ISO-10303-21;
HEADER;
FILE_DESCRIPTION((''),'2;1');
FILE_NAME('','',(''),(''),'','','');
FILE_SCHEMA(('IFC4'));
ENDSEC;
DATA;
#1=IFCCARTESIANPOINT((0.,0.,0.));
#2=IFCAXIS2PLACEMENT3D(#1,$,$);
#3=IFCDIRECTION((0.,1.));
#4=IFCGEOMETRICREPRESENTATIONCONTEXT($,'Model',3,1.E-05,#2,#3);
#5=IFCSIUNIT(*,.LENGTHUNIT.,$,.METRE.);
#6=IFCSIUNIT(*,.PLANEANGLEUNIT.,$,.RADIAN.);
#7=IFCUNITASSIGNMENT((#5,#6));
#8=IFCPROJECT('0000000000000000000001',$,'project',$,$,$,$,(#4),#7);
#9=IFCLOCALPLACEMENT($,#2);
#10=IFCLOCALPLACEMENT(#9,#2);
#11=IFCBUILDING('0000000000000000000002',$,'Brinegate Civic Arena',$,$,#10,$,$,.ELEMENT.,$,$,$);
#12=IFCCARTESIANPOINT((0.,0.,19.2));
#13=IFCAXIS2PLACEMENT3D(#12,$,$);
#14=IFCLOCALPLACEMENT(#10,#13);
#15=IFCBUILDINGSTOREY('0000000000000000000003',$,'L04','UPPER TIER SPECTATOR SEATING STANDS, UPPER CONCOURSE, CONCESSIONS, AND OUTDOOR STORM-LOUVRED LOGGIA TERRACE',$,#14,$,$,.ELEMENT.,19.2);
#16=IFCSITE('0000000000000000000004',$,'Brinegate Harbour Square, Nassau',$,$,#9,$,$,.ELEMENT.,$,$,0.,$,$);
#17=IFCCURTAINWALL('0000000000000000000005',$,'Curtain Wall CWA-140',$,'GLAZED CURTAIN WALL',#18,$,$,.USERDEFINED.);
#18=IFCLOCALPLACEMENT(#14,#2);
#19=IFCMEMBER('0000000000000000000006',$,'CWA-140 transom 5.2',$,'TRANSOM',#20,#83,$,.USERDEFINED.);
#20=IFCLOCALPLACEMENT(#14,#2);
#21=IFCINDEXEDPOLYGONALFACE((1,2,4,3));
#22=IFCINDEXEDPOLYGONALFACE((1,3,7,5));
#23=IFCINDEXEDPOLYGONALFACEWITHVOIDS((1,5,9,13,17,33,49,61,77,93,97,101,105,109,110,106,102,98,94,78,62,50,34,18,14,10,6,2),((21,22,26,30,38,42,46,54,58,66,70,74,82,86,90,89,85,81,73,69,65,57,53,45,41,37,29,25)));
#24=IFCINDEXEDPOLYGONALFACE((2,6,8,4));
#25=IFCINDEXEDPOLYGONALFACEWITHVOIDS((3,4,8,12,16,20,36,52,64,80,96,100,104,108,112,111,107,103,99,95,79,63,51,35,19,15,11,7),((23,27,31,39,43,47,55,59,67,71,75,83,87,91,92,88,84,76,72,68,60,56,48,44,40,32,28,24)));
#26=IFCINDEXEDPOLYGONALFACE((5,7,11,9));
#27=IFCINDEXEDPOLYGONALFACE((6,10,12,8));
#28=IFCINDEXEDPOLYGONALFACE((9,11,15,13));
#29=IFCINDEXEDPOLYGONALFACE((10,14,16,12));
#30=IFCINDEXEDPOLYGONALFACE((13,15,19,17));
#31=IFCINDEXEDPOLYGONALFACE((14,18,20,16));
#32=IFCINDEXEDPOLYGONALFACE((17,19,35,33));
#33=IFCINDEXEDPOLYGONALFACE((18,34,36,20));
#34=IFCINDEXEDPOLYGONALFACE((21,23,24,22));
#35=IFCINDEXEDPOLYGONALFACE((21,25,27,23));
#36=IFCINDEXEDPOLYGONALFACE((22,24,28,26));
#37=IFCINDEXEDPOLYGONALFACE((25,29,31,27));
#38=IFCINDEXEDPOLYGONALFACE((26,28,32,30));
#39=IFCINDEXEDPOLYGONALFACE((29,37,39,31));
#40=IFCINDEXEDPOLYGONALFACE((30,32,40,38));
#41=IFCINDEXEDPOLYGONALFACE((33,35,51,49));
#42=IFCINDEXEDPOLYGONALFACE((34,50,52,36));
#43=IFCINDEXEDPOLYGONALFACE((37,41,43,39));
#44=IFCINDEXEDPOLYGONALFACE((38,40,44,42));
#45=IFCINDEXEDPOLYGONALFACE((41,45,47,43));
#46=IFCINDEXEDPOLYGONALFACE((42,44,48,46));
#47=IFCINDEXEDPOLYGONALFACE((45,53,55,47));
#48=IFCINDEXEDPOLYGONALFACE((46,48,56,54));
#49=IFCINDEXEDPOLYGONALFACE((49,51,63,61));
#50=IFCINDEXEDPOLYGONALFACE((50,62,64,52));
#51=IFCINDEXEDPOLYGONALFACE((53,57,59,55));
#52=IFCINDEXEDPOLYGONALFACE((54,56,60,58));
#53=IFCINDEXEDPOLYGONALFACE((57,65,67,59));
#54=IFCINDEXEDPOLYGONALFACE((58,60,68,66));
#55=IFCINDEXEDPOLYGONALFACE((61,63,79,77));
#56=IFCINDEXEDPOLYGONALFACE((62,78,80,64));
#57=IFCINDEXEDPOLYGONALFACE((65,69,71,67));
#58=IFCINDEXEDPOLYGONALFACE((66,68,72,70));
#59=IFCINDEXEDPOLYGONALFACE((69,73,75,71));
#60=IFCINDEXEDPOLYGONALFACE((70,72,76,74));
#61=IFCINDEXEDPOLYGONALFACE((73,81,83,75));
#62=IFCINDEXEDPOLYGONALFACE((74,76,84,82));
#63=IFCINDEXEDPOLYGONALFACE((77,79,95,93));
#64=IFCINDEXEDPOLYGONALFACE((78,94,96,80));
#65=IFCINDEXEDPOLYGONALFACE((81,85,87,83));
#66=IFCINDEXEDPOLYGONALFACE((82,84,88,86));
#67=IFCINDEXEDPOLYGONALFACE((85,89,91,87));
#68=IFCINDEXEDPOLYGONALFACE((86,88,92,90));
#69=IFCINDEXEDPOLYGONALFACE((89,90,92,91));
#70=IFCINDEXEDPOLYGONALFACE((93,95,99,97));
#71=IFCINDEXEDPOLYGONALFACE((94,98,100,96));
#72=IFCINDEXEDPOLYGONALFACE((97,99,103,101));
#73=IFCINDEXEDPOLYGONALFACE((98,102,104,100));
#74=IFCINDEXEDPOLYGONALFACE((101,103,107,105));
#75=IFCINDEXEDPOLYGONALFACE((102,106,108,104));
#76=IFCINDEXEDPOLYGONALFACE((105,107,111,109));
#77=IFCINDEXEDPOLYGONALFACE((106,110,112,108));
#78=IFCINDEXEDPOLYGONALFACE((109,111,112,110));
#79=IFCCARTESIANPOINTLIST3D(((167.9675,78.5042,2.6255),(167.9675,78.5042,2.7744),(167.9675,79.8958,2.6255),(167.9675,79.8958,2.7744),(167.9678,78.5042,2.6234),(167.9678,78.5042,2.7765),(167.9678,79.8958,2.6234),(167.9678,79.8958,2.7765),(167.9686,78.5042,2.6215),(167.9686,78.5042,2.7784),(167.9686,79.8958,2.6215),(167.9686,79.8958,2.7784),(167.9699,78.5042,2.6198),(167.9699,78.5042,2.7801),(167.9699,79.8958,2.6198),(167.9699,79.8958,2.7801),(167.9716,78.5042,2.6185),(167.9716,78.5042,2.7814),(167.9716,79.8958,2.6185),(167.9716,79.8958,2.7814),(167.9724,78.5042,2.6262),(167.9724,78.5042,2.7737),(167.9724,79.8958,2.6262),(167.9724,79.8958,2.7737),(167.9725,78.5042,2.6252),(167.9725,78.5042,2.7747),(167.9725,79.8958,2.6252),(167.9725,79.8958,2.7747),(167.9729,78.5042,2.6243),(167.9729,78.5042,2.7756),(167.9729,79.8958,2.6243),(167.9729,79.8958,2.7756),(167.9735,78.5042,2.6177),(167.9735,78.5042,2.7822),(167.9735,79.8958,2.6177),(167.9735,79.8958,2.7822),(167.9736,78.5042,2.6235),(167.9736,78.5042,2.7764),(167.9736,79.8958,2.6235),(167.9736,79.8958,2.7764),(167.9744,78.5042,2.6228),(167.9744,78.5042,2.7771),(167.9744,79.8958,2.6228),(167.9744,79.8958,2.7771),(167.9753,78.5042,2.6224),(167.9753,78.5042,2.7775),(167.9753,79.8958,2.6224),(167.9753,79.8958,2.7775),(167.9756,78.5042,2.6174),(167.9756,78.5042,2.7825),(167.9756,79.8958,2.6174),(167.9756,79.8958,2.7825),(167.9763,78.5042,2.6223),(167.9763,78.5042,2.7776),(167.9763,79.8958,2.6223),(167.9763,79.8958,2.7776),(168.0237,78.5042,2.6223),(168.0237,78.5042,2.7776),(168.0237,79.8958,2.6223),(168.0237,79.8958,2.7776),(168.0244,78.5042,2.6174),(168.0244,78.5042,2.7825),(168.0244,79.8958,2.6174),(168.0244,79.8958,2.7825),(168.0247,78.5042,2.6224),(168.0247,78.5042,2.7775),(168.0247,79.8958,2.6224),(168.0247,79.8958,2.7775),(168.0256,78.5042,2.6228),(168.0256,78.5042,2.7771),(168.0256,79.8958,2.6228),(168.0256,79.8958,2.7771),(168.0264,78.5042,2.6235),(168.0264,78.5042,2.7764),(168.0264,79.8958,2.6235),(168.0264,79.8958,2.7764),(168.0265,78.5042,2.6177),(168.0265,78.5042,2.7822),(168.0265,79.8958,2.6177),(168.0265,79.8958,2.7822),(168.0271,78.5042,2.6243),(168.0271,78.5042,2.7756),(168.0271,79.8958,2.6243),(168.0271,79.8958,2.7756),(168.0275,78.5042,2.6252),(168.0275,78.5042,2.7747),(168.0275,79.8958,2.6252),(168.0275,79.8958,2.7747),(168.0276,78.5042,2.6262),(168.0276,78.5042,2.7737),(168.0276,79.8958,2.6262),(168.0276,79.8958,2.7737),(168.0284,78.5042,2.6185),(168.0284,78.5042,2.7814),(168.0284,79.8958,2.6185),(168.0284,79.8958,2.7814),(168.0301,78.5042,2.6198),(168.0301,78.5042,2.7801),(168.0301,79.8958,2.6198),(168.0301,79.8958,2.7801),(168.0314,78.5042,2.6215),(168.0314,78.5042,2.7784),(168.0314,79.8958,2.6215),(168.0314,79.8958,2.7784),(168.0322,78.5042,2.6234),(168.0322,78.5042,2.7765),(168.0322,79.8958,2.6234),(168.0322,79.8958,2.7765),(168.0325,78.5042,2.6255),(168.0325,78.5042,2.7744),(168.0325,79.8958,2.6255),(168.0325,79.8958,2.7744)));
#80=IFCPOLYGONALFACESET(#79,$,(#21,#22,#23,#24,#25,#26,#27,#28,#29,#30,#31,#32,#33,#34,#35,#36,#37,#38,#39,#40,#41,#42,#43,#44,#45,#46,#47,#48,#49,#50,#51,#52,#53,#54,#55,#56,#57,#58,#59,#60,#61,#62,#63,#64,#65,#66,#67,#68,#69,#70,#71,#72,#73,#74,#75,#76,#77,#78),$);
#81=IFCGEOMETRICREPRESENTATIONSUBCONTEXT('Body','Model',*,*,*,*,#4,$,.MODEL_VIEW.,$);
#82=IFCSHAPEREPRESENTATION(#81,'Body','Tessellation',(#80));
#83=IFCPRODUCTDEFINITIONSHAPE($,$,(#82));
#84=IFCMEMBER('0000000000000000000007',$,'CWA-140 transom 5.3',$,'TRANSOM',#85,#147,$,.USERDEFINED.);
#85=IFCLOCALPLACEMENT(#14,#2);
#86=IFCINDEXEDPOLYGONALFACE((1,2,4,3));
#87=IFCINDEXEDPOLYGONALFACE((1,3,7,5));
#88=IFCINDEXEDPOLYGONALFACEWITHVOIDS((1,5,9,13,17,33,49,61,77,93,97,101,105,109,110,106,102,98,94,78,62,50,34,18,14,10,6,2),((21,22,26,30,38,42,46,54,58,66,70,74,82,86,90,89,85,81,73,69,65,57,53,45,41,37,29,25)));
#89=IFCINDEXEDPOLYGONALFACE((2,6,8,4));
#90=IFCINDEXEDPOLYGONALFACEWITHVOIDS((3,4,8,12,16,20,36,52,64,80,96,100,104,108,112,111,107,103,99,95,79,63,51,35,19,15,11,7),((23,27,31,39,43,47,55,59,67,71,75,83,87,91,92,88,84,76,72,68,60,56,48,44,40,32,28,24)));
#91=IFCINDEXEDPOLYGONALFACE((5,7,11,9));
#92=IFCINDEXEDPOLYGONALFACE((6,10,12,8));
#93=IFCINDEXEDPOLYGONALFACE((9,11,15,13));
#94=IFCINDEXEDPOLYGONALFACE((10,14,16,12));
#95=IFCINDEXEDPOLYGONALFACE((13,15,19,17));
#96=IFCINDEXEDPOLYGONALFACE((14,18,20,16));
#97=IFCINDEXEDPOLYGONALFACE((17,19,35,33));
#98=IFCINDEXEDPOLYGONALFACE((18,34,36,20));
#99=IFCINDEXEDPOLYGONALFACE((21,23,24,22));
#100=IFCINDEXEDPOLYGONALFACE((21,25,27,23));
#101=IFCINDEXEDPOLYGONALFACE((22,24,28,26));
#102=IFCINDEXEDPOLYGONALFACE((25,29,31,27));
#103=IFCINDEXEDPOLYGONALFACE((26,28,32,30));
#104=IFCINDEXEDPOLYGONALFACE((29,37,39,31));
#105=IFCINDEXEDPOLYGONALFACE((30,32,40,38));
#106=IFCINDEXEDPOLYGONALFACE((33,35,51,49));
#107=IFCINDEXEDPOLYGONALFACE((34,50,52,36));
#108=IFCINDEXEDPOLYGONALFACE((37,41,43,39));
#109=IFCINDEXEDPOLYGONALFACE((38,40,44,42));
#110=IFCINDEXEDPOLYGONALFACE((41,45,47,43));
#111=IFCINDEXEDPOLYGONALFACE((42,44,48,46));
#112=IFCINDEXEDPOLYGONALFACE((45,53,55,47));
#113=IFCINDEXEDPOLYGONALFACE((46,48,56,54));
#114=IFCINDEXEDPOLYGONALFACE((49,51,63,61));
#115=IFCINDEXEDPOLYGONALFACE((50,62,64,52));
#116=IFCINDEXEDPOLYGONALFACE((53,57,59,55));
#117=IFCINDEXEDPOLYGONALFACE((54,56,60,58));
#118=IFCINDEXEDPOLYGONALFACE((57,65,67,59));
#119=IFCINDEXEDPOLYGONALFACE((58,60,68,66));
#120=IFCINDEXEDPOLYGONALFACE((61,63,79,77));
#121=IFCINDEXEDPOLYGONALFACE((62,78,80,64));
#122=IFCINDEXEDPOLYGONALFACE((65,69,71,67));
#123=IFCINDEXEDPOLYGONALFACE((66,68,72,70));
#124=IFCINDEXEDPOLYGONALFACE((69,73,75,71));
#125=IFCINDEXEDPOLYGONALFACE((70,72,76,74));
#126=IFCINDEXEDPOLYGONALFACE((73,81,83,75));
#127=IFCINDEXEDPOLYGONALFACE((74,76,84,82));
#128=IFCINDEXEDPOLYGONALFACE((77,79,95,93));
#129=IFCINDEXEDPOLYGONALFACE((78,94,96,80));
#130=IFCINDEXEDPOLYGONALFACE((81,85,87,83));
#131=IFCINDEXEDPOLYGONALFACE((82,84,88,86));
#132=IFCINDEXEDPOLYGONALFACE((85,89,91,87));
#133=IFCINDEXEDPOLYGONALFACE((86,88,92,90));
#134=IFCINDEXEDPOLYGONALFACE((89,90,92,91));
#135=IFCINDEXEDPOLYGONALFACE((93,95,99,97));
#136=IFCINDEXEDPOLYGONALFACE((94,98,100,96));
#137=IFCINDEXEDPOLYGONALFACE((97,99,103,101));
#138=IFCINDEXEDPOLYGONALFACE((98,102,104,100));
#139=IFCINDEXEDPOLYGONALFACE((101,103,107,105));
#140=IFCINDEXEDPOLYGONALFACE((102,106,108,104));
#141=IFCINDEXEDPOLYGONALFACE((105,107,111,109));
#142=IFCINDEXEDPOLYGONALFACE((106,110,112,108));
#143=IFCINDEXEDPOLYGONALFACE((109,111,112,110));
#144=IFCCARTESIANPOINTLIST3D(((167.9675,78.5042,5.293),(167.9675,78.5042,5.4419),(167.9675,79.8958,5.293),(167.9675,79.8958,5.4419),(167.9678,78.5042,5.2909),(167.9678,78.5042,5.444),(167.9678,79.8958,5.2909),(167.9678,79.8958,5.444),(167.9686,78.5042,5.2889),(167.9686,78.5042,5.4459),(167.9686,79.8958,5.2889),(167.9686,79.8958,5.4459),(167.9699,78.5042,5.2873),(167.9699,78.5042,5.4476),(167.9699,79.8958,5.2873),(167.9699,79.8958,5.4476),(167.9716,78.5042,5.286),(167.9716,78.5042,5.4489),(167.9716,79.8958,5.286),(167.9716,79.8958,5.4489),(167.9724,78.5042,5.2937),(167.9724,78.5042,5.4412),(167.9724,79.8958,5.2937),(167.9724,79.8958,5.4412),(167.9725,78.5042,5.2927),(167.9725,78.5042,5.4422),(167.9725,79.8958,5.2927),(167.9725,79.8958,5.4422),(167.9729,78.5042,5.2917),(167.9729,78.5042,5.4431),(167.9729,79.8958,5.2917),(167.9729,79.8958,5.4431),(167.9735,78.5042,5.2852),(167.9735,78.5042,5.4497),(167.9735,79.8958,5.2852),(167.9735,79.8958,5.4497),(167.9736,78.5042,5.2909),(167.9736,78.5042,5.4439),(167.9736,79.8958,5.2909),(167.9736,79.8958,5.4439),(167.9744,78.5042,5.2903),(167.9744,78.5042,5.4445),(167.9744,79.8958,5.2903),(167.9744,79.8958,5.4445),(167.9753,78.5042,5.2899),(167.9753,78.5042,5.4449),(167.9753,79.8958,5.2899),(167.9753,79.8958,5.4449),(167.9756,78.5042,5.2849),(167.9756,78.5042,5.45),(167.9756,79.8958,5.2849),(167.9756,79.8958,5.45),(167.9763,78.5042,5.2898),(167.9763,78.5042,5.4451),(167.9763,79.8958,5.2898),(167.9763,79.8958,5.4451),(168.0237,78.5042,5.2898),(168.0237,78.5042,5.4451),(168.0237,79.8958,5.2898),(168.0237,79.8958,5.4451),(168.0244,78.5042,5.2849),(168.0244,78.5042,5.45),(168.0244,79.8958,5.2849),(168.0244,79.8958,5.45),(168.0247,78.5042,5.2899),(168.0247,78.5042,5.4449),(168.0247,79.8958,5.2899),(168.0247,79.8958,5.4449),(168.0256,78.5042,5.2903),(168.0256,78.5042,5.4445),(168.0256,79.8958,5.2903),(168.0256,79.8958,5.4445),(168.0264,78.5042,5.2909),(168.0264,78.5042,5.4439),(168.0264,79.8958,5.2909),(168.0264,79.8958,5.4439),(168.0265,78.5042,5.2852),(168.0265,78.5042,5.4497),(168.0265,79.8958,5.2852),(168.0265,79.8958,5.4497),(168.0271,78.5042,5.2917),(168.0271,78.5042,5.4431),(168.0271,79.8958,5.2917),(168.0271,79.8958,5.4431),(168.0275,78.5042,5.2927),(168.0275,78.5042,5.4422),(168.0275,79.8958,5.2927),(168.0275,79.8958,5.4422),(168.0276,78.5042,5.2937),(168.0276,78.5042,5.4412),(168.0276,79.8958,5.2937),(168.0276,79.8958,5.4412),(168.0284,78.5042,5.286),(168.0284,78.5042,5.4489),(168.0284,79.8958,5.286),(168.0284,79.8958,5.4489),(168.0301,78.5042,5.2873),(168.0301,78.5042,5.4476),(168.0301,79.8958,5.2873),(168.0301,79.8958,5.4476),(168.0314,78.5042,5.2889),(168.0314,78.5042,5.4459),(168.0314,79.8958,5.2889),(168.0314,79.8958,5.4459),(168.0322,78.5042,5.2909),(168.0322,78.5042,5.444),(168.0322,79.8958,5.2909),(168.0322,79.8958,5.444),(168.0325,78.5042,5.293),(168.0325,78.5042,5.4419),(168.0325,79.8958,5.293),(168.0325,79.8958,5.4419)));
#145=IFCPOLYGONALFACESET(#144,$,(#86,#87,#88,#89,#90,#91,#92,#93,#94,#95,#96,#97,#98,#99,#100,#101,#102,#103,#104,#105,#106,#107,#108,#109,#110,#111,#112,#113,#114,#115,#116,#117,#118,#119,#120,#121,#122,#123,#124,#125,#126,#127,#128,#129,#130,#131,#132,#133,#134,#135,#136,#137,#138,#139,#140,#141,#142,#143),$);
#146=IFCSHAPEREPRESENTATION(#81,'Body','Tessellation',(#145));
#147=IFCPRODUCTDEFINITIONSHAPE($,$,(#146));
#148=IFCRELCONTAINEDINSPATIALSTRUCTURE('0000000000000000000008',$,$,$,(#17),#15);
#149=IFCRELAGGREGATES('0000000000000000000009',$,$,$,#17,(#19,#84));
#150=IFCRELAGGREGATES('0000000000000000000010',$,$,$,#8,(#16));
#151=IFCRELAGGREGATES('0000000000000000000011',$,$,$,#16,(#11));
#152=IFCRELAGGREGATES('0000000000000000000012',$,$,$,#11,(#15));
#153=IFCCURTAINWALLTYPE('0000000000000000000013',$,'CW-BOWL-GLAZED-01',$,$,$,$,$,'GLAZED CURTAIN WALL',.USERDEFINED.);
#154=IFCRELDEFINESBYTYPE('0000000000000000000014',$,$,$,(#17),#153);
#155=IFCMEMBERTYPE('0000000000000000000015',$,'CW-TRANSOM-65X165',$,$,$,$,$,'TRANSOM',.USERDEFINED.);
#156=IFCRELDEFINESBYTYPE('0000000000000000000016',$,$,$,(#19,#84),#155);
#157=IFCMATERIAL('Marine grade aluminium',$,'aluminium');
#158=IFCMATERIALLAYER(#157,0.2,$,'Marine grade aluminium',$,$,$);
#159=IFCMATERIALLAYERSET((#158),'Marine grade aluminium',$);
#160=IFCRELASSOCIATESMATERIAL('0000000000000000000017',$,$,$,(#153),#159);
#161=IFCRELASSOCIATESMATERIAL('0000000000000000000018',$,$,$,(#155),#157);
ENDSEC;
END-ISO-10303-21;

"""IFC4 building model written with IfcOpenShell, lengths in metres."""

from ifc_helpers import new_model, si_unit, direction, frame, origin, origin_2d, place, context, subcontext, project, spatial, hollow_rectangle, extrude, material, layer, layer_set, material_profile, profile_set, type_object, element, aggregate, save


model = new_model("IFC4")

# Units and contexts
model_context = context("Model", 3, precision=1e-05, world=origin(), true_north=direction((0.0, 1.0)))
body_context = subcontext(model_context, "Body", "Model", "MODEL_VIEW")
ifc_project = project(units=[si_unit("LENGTHUNIT", "METRE"), si_unit("PLANEANGLEUNIT", "RADIAN")], contexts=[model_context])

# Site, building, storey
site_placement = place(None, origin())
site = spatial("IfcSite", under=ifc_project, at=site_placement, Name="Brinegate Harbour Square, Nassau", CompositionType="ELEMENT", RefElevation=0.0)
building_placement = place(site_placement, origin())
building = spatial("IfcBuilding", under=site, at=building_placement, Name="Brinegate Civic Arena", CompositionType="ELEMENT")
storey_placement = place(building_placement, frame((0.0, 0.0, 19.2)))
storey = spatial("IfcBuildingStorey", under=building, at=storey_placement, Name="L04", Description="UPPER TIER SPECTATOR SEATING STANDS, UPPER CONCOURSE, CONCESSIONS, AND OUTDOOR STORM-LOUVRED LOGGIA TERRACE", CompositionType="ELEMENT", Elevation=19.2)

# Curtain wall, members
ifc_material_1 = material(Name="Marine grade aluminium", Category="aluminium")
ifc_layer_1 = layer(ifc_material_1, 0.2, Name="Marine grade aluminium")
ifc_layer_set_1 = layer_set([ifc_layer_1], Name="Marine grade aluminium")
curtain_wall_type = type_object("IfcCurtainWallType", Name="CW-BOWL-GLAZED-01", ElementType="GLAZED CURTAIN WALL", PredefinedType="USERDEFINED", material=ifc_layer_set_1)
curtain_wall_placement = place(storey_placement, origin())
curtain_wall = element("IfcCurtainWall", 1, at=curtain_wall_placement, inside=storey, type_object=curtain_wall_type, Name="Curtain Wall CWA-140", ObjectType="GLAZED CURTAIN WALL", PredefinedType="USERDEFINED")
ifc_material_profile_1 = material_profile(ifc_material_1, hollow_rectangle(XDim=0.0649, YDim=0.165, WallThickness=0.0049, InnerFilletRadius=0.0039, OuterFilletRadius=0.0081, at=origin_2d()), Name="TRN65X165")
ifc_profile_set_1 = profile_set([ifc_material_profile_1], Name="Marine grade aluminium")
member_type_1 = type_object("IfcMemberType", Name="CW-TRANSOM-65X165", ElementType="TRANSOM", PredefinedType="USERDEFINED", material=ifc_profile_set_1)
member_1_placement = place(storey_placement, frame((168.0, 78.5042, 2.7), z_axis=(0.0, 1.0, 0.0), x_axis=(-1.0, 0.0, 0.0)))
member_1 = element("IfcMember", 2, at=member_1_placement, type_object=member_type_1, Name="CWA-140 transom 5.2", ObjectType="TRANSOM", PredefinedType="USERDEFINED", context=body_context, shape_type="SweptSolid", body=[
    extrude(hollow_rectangle(XDim=0.0649, YDim=0.165, WallThickness=0.0049, InnerFilletRadius=0.0039, OuterFilletRadius=0.0081, at=origin_2d()), origin(), (0.0, 0.0, 1.0), 1.3916),
])
member_2_placement = place(storey_placement, frame((168.0, 78.5042, 5.3674), z_axis=(0.0, 1.0, 0.0), x_axis=(-1.0, 0.0, 0.0)))
member_2 = element("IfcMember", 3, at=member_2_placement, type_object=member_type_1, Name="CWA-140 transom 5.3", ObjectType="TRANSOM", PredefinedType="USERDEFINED", context=body_context, shape_type="SweptSolid", body=[
    extrude(hollow_rectangle(XDim=0.0649, YDim=0.165, WallThickness=0.0049, InnerFilletRadius=0.0039, OuterFilletRadius=0.0081, at=origin_2d()), origin(), (0.0, 0.0, 1.0), 1.3916),
])
aggregate(curtain_wall, [member_1, member_2])

save(model, "model.ifc")
